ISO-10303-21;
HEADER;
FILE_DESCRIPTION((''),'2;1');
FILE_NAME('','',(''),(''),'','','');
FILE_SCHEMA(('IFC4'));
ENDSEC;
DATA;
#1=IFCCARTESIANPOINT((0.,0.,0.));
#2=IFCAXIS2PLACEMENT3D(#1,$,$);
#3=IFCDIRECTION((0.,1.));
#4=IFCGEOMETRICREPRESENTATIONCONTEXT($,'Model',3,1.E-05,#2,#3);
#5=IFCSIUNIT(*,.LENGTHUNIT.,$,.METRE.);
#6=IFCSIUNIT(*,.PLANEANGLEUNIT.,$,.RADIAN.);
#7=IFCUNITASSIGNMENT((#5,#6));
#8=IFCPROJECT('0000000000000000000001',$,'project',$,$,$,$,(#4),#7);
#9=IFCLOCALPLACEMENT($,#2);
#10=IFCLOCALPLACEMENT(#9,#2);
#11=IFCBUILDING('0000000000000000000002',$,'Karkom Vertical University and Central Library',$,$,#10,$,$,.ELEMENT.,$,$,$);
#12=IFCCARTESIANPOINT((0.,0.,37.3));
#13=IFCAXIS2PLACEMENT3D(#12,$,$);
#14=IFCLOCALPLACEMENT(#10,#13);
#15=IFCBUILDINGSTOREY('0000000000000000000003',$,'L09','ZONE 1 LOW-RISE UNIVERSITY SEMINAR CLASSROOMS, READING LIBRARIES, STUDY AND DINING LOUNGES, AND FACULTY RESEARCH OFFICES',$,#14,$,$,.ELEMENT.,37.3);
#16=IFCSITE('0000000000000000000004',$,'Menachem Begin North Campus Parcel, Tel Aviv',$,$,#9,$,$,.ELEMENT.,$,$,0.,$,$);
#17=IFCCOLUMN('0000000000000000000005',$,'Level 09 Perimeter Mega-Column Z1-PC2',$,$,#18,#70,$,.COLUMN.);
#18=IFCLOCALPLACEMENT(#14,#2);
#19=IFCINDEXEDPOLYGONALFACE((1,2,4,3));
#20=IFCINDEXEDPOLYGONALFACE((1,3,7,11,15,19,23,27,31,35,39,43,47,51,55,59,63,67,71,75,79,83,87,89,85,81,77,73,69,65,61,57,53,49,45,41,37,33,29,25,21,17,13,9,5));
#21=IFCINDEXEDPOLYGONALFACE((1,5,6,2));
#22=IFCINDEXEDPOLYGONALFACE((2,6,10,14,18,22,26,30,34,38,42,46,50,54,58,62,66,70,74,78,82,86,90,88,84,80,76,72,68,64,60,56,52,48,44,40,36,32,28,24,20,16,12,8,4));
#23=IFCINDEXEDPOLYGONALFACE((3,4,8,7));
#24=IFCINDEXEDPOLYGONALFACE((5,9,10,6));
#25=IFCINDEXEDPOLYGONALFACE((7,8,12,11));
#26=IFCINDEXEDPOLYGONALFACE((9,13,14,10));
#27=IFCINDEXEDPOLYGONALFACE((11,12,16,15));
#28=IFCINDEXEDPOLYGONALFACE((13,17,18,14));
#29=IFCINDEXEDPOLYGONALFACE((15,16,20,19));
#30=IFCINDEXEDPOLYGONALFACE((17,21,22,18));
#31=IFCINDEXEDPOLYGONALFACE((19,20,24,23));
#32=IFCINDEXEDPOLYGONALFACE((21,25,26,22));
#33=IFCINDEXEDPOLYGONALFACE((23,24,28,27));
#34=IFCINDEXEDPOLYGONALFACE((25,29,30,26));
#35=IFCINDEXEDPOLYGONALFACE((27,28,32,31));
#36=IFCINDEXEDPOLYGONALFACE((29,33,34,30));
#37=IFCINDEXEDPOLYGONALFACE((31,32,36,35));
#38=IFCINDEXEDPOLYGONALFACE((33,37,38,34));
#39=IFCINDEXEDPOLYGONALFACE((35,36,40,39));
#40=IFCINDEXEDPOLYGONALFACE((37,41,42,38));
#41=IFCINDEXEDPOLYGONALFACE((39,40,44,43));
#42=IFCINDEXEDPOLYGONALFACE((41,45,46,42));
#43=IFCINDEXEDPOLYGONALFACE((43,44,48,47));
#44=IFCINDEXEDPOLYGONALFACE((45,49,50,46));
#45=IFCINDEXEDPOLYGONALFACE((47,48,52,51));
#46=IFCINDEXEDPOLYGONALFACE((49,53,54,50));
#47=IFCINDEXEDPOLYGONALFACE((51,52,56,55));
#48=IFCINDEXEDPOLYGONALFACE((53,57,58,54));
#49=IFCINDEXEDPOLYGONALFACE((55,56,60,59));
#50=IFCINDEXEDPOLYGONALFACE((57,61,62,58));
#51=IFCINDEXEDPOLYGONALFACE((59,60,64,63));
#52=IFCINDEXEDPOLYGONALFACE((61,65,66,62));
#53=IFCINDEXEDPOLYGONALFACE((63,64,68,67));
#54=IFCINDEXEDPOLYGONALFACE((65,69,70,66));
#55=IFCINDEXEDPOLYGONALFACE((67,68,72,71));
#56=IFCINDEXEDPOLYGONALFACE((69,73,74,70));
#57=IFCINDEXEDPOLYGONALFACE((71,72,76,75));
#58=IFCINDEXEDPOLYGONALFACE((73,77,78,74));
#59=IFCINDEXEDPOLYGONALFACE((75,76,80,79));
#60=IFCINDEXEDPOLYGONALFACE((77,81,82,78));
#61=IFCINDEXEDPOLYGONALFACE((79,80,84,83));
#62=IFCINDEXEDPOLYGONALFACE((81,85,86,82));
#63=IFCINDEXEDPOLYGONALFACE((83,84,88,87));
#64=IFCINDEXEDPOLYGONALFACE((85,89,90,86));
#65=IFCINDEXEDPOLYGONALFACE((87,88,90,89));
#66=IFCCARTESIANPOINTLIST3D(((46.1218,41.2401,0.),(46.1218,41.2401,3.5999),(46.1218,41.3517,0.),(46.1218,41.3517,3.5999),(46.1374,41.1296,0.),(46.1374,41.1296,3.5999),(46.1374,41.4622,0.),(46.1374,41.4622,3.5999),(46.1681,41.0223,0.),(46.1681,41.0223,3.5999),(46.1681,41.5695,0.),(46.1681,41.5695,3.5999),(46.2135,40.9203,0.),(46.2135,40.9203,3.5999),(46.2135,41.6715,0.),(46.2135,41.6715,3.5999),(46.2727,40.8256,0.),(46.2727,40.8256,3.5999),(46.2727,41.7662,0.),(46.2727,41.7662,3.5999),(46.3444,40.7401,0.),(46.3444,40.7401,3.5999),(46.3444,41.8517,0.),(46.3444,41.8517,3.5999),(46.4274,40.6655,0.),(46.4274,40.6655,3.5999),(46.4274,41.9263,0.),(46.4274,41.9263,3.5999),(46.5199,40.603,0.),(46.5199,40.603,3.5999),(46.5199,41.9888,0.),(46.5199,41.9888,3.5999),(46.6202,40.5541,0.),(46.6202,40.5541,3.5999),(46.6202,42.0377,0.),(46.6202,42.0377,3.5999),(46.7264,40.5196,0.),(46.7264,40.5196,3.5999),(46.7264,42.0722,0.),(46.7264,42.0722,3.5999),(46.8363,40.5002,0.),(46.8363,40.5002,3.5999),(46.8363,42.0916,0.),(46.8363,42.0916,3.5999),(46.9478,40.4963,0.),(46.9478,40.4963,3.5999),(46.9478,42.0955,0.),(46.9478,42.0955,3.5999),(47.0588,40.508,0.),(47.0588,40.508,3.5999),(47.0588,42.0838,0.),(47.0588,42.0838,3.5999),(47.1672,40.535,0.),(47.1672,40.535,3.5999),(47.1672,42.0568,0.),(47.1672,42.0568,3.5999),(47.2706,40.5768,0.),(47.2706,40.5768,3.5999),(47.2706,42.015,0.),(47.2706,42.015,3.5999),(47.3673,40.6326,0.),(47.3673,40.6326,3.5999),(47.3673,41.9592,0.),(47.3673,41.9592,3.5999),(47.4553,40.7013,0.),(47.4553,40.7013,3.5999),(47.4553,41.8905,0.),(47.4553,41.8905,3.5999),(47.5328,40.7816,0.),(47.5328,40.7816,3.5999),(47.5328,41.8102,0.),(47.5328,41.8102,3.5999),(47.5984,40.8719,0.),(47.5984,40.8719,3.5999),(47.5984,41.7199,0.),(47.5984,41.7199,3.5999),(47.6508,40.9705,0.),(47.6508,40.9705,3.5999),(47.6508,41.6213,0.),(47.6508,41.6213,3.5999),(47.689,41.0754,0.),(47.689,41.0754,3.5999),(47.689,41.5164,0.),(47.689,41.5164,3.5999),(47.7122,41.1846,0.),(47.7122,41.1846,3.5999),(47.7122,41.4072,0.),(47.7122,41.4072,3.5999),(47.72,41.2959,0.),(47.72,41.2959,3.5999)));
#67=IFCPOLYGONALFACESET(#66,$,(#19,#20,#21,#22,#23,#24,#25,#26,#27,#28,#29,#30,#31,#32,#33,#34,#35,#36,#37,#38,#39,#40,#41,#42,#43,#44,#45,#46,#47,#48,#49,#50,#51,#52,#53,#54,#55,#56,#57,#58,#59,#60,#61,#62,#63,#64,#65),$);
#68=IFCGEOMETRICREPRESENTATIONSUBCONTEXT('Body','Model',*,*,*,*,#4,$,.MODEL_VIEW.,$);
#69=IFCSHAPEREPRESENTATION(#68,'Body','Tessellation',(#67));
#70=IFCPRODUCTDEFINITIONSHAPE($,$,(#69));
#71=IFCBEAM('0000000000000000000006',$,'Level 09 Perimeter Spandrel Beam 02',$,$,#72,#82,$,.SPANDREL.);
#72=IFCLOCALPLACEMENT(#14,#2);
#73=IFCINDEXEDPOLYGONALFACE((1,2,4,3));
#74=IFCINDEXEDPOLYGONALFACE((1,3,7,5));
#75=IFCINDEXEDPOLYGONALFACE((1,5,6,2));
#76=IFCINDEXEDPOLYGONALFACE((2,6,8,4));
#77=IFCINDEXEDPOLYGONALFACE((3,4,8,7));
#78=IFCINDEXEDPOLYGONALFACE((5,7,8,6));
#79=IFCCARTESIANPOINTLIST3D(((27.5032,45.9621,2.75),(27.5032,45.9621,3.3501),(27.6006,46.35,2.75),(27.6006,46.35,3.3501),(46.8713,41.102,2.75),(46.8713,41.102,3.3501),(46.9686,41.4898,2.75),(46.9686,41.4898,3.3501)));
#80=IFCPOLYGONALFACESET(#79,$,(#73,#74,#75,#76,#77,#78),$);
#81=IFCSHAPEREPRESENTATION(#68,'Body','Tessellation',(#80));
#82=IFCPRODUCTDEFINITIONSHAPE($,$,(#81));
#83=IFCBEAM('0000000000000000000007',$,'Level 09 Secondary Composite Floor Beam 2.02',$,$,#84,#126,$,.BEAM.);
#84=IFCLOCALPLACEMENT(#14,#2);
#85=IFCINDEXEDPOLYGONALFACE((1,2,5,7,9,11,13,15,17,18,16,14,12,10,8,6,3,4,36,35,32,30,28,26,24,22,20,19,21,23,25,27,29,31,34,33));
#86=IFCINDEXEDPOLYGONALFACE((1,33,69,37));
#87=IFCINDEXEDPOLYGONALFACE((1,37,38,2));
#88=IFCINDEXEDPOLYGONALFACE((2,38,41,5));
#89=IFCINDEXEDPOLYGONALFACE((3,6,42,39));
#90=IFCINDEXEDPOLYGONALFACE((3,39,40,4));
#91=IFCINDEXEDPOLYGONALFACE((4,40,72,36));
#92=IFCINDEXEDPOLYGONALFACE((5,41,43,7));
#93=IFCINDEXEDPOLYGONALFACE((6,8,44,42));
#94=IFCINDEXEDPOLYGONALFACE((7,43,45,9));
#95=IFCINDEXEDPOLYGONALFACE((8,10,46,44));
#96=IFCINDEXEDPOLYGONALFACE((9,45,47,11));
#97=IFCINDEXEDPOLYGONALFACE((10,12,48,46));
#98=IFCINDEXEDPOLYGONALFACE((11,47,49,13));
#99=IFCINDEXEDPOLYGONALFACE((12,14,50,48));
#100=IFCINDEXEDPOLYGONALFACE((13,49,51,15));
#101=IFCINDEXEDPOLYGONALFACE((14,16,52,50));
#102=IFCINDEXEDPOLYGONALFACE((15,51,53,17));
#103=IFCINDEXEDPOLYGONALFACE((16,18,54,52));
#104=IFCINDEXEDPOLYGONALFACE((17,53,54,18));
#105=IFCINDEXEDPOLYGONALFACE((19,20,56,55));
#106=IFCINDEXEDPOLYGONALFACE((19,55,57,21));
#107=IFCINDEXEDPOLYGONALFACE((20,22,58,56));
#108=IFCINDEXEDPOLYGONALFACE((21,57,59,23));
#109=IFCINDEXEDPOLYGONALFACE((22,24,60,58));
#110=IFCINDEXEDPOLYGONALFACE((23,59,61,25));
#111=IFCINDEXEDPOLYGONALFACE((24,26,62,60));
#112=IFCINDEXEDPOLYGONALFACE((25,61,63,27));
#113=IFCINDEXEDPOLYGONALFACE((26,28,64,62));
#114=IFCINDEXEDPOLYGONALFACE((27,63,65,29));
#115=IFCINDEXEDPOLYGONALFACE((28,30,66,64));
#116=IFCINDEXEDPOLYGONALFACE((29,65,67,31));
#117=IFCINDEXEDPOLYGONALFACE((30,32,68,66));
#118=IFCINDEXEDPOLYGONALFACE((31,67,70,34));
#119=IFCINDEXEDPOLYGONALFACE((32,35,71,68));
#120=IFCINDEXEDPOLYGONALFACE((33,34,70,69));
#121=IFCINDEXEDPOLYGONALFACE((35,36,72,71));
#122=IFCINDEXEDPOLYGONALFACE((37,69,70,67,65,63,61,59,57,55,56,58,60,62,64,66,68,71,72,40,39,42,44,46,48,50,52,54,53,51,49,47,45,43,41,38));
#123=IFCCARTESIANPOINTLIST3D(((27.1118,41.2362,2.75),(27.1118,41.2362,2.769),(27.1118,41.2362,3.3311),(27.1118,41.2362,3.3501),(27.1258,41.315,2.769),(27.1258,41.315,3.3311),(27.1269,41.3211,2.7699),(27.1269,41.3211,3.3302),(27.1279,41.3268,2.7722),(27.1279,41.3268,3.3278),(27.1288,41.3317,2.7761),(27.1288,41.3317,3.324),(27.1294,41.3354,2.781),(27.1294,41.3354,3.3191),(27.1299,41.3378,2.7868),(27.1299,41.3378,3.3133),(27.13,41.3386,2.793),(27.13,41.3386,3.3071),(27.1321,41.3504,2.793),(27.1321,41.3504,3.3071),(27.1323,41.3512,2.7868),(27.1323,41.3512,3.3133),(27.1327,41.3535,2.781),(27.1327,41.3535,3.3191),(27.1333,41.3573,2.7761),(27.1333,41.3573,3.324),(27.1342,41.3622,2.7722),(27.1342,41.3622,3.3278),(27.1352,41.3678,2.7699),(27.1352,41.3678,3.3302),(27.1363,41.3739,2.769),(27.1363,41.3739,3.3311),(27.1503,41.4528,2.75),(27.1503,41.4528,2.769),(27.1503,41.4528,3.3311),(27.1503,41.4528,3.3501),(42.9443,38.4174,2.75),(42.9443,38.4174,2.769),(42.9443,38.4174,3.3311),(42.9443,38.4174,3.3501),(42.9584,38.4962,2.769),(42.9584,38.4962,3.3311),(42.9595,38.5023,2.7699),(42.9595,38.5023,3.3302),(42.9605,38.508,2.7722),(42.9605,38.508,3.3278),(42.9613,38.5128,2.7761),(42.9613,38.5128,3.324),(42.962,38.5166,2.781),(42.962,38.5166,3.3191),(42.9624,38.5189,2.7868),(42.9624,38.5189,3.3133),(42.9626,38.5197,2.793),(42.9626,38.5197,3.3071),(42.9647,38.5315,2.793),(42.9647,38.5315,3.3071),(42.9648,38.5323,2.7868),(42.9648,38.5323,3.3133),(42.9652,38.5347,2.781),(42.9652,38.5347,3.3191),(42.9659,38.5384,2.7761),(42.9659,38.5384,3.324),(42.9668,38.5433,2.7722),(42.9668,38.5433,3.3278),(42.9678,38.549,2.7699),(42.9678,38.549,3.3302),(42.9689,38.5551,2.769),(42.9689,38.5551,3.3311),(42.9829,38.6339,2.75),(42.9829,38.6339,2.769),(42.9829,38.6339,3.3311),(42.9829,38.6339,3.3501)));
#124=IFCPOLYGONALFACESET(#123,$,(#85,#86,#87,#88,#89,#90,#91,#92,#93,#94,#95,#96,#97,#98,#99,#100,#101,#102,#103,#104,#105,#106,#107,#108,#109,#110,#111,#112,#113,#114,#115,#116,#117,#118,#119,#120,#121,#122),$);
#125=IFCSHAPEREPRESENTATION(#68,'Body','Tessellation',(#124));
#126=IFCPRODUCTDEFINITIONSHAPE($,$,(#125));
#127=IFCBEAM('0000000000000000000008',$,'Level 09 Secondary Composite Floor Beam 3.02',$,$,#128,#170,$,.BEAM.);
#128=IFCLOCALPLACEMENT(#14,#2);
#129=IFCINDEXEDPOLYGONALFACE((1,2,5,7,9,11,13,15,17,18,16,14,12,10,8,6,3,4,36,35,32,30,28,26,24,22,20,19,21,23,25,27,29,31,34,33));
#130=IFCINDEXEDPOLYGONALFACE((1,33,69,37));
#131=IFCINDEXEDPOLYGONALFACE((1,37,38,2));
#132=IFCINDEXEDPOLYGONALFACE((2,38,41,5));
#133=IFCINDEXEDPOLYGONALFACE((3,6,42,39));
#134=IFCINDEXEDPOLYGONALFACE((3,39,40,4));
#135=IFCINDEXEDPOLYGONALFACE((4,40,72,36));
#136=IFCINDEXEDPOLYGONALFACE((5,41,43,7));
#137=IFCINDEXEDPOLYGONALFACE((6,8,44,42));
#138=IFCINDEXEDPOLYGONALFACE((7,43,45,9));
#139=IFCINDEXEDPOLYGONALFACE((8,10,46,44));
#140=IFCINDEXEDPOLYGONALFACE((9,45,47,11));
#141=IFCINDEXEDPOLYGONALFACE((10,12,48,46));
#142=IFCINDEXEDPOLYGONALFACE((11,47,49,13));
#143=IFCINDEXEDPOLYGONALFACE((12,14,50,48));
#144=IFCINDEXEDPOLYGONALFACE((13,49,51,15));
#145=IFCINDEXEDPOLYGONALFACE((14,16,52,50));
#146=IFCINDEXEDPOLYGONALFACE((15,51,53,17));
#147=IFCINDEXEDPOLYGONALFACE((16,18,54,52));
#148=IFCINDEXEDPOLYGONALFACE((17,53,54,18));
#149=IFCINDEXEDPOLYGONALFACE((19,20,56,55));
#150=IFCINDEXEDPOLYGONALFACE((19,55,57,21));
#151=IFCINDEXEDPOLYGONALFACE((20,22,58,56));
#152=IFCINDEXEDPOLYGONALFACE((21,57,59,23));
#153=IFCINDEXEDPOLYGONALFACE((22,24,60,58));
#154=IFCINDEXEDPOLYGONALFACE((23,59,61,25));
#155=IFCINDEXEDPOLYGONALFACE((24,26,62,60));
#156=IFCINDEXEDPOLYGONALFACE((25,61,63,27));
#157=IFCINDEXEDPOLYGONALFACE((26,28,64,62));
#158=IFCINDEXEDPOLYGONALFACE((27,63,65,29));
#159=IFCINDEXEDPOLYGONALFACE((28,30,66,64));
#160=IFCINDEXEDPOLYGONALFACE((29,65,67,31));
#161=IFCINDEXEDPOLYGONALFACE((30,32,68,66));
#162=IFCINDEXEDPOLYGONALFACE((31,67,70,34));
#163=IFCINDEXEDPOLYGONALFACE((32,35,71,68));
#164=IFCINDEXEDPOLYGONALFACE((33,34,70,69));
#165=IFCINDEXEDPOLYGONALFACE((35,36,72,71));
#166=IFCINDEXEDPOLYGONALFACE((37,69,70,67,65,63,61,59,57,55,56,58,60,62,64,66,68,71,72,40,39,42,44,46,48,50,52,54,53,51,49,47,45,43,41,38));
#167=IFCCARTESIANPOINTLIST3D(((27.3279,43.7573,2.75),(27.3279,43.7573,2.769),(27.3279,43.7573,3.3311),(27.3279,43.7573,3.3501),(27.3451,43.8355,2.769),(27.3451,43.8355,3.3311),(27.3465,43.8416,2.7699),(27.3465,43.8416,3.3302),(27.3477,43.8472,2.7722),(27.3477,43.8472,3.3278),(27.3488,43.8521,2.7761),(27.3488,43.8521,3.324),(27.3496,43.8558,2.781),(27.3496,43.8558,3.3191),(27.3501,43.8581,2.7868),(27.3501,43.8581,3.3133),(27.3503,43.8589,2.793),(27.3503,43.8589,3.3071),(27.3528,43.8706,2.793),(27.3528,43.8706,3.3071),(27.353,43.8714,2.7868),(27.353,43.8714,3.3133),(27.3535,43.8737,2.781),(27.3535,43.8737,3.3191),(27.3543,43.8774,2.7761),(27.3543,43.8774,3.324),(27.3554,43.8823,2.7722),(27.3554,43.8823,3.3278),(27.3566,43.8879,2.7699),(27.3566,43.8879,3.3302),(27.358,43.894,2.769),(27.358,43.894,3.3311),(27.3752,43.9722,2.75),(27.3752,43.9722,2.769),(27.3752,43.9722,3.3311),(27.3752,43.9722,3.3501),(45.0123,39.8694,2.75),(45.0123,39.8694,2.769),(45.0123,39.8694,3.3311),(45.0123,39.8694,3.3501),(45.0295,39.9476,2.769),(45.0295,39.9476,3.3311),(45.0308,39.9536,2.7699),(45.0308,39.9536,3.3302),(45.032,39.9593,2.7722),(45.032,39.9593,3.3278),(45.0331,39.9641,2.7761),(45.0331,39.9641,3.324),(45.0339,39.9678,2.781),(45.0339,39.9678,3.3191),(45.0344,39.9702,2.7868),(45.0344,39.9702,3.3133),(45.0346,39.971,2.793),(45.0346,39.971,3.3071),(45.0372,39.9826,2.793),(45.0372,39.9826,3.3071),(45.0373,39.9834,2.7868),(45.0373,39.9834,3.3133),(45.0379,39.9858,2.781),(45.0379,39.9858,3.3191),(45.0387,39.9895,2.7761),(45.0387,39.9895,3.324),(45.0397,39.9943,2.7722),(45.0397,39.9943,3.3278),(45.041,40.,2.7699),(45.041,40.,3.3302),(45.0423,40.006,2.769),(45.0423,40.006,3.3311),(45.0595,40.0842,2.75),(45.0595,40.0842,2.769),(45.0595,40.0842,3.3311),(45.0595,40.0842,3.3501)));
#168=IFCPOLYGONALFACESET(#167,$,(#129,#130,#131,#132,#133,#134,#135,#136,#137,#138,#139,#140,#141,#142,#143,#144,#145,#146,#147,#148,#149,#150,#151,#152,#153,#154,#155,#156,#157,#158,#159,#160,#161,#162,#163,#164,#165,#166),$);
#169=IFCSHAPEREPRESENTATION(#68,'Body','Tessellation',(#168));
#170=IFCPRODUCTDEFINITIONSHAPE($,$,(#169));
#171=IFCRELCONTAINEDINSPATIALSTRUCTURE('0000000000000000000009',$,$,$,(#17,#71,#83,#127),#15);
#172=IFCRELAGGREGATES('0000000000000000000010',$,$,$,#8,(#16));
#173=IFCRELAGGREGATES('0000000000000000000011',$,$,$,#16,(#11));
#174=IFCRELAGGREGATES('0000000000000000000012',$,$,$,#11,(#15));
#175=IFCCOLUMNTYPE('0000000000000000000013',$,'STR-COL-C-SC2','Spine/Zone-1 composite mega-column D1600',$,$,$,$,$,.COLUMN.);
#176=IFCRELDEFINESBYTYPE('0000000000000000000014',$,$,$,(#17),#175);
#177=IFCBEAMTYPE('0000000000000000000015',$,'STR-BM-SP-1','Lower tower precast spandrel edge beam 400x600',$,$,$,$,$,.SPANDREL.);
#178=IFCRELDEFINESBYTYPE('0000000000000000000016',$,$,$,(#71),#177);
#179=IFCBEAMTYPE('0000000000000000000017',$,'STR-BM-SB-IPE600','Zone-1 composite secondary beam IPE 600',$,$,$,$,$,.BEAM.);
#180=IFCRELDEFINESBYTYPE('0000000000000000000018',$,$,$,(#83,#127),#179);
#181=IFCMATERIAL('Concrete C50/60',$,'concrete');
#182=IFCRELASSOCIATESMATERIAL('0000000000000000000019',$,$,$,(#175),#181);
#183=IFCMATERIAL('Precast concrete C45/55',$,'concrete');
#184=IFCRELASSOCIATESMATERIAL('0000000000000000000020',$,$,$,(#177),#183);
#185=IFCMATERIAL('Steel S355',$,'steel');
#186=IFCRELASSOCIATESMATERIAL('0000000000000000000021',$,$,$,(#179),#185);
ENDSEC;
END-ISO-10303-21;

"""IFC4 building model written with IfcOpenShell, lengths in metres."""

from ifc_helpers import new_model, si_unit, direction, frame, origin, origin_with_axes, origin_2d, place, context, subcontext, project, spatial, rectangle, circle, i_section, extrude, source, transform, mapped, material, material_profile, profile_set, type_object, element, save


model = new_model("IFC4")

# Units and contexts
model_context = context("Model", 3, precision=1e-05, world=origin(), true_north=direction((0.0, 1.0)))
body_context = subcontext(model_context, "Body", "Model", "MODEL_VIEW")
ifc_project = project(units=[si_unit("LENGTHUNIT", "METRE"), si_unit("PLANEANGLEUNIT", "RADIAN")], contexts=[model_context])

# Site, building, storey
site_placement = place(None, origin())
site = spatial("IfcSite", under=ifc_project, at=site_placement, Name="Menachem Begin North Campus Parcel, Tel Aviv", CompositionType="ELEMENT", RefElevation=0.0)
building_placement = place(site_placement, origin())
building = spatial("IfcBuilding", under=site, at=building_placement, Name="Karkom Vertical University and Central Library", CompositionType="ELEMENT")
storey_placement = place(building_placement, frame((0.0, 0.0, 37.3)))
storey = spatial("IfcBuildingStorey", under=building, at=storey_placement, Name="L09", Description="ZONE 1 LOW-RISE UNIVERSITY SEMINAR CLASSROOMS, READING LIBRARIES, STUDY AND DINING LOUNGES, AND FACULTY RESEARCH OFFICES", CompositionType="ELEMENT", Elevation=37.3)

# Column
ifc_material_1 = material(Name="Concrete C50/60", Category="concrete")
ifc_material_profile_1 = material_profile(ifc_material_1, circle(Radius=0.8, at=origin_2d()), Name="CFT-D1600")
ifc_profile_set_1 = profile_set([ifc_material_profile_1], Name="Concrete C50/60")
column_type = type_object("IfcColumnType", Name="STR-COL-C-SC2", Description="Spine/Zone-1 composite mega-column D1600", PredefinedType="COLUMN", material=ifc_profile_set_1)
shared_shape_1 = source(origin_with_axes(), body_context, "Body", "SweptSolid", [
    extrude(circle(Radius=0.8, at=origin_2d()), origin(), (0.0, 0.0, 1.0), 3.5999),
])
column_placement = place(storey_placement, frame((46.9199, 41.2959, 0.0), z_axis=(0.0, 0.0, 1.0), x_axis=(1.0, 0.0, 0.0)))
element("IfcColumn", 1, at=column_placement, inside=storey, type_object=column_type, Name="Level 09 Perimeter Mega-Column Z1-PC2", PredefinedType="COLUMN", context=body_context, shape_type="MappedRepresentation", body=[
    mapped(shared_shape_1, transform((0.0, 0.0, 0.0), scale=1.0)),
])

# Beams
ifc_material_2 = material(Name="Precast concrete C45/55", Category="concrete")
ifc_material_profile_2 = material_profile(ifc_material_2, rectangle(XDim=0.3999, YDim=0.6001, at=origin_2d()), Name="SPB-400x600")
ifc_profile_set_2 = profile_set([ifc_material_profile_2], Name="Precast concrete C45/55")
beam_type_1 = type_object("IfcBeamType", Name="STR-BM-SP-1", Description="Lower tower precast spandrel edge beam 400x600", PredefinedType="SPANDREL", material=ifc_profile_set_2)
shared_shape_2 = source(origin_with_axes(), body_context, "Body", "SweptSolid", [
    extrude(rectangle(XDim=0.3999, YDim=0.6001, at=origin_2d()), origin(), (0.0, 0.0, 1.0), 19.9685),
])
beam_1_placement = place(storey_placement, frame((46.9199, 41.2959, 3.05), z_axis=(-0.969929, 0.24339, 0.0), x_axis=(-0.24339, -0.969929, 0.0)))
element("IfcBeam", 2, at=beam_1_placement, inside=storey, type_object=beam_type_1, Name="Level 09 Perimeter Spandrel Beam 02", PredefinedType="SPANDREL", context=body_context, shape_type="MappedRepresentation", body=[
    mapped(shared_shape_2, transform((0.0, 0.0, 0.0), scale=1.0)),
])
ifc_material_3 = material(Name="Steel S355", Category="steel")
ifc_material_profile_3 = material_profile(ifc_material_3, i_section(OverallWidth=0.22, OverallDepth=0.6001, WebThickness=0.012, FlangeThickness=0.019, FilletRadius=0.0239, at=origin_2d()), Name="IPE 600")
ifc_profile_set_3 = profile_set([ifc_material_profile_3], Name="Steel S355")
beam_type_2 = type_object("IfcBeamType", Name="STR-BM-SB-IPE600", Description="Zone-1 composite secondary beam IPE 600", PredefinedType="BEAM", material=ifc_profile_set_3)
shared_shape_3 = source(origin_with_axes(), body_context, "Body", "SweptSolid", [
    extrude(i_section(OverallWidth=0.22, OverallDepth=0.6001, WebThickness=0.012, FlangeThickness=0.019, FilletRadius=0.0239, at=origin_2d()), origin(), (0.0, 0.0, 1.0), 16.0815),
])
beam_2_placement = place(storey_placement, frame((42.9636, 38.5256, 3.05), z_axis=(-0.984518, 0.175285, 0.0), x_axis=(-0.175285, -0.984518, 0.0)))
element("IfcBeam", 3, at=beam_2_placement, inside=storey, type_object=beam_type_2, Name="Level 09 Secondary Composite Floor Beam 2.02", PredefinedType="BEAM", context=body_context, shape_type="MappedRepresentation", body=[
    mapped(shared_shape_3, transform((0.0, 0.0, 0.0), scale=1.0)),
])
shared_shape_4 = source(origin_with_axes(), body_context, "Body", "SweptSolid", [
    extrude(i_section(OverallWidth=0.22, OverallDepth=0.6001, WebThickness=0.012, FlangeThickness=0.019, FilletRadius=0.0239, at=origin_2d()), origin(), (0.0, 0.0, 1.0), 18.1067),
])
beam_3_placement = place(storey_placement, frame((45.0359, 39.9768, 3.05), z_axis=(-0.976675, 0.214724, 0.0), x_axis=(-0.214724, -0.976675, 0.0)))
element("IfcBeam", 4, at=beam_3_placement, inside=storey, type_object=beam_type_2, Name="Level 09 Secondary Composite Floor Beam 3.02", PredefinedType="BEAM", context=body_context, shape_type="MappedRepresentation", body=[
    mapped(shared_shape_4, transform((0.0, 0.0, 0.0), scale=1.0)),
])

save(model, "model.ifc")
